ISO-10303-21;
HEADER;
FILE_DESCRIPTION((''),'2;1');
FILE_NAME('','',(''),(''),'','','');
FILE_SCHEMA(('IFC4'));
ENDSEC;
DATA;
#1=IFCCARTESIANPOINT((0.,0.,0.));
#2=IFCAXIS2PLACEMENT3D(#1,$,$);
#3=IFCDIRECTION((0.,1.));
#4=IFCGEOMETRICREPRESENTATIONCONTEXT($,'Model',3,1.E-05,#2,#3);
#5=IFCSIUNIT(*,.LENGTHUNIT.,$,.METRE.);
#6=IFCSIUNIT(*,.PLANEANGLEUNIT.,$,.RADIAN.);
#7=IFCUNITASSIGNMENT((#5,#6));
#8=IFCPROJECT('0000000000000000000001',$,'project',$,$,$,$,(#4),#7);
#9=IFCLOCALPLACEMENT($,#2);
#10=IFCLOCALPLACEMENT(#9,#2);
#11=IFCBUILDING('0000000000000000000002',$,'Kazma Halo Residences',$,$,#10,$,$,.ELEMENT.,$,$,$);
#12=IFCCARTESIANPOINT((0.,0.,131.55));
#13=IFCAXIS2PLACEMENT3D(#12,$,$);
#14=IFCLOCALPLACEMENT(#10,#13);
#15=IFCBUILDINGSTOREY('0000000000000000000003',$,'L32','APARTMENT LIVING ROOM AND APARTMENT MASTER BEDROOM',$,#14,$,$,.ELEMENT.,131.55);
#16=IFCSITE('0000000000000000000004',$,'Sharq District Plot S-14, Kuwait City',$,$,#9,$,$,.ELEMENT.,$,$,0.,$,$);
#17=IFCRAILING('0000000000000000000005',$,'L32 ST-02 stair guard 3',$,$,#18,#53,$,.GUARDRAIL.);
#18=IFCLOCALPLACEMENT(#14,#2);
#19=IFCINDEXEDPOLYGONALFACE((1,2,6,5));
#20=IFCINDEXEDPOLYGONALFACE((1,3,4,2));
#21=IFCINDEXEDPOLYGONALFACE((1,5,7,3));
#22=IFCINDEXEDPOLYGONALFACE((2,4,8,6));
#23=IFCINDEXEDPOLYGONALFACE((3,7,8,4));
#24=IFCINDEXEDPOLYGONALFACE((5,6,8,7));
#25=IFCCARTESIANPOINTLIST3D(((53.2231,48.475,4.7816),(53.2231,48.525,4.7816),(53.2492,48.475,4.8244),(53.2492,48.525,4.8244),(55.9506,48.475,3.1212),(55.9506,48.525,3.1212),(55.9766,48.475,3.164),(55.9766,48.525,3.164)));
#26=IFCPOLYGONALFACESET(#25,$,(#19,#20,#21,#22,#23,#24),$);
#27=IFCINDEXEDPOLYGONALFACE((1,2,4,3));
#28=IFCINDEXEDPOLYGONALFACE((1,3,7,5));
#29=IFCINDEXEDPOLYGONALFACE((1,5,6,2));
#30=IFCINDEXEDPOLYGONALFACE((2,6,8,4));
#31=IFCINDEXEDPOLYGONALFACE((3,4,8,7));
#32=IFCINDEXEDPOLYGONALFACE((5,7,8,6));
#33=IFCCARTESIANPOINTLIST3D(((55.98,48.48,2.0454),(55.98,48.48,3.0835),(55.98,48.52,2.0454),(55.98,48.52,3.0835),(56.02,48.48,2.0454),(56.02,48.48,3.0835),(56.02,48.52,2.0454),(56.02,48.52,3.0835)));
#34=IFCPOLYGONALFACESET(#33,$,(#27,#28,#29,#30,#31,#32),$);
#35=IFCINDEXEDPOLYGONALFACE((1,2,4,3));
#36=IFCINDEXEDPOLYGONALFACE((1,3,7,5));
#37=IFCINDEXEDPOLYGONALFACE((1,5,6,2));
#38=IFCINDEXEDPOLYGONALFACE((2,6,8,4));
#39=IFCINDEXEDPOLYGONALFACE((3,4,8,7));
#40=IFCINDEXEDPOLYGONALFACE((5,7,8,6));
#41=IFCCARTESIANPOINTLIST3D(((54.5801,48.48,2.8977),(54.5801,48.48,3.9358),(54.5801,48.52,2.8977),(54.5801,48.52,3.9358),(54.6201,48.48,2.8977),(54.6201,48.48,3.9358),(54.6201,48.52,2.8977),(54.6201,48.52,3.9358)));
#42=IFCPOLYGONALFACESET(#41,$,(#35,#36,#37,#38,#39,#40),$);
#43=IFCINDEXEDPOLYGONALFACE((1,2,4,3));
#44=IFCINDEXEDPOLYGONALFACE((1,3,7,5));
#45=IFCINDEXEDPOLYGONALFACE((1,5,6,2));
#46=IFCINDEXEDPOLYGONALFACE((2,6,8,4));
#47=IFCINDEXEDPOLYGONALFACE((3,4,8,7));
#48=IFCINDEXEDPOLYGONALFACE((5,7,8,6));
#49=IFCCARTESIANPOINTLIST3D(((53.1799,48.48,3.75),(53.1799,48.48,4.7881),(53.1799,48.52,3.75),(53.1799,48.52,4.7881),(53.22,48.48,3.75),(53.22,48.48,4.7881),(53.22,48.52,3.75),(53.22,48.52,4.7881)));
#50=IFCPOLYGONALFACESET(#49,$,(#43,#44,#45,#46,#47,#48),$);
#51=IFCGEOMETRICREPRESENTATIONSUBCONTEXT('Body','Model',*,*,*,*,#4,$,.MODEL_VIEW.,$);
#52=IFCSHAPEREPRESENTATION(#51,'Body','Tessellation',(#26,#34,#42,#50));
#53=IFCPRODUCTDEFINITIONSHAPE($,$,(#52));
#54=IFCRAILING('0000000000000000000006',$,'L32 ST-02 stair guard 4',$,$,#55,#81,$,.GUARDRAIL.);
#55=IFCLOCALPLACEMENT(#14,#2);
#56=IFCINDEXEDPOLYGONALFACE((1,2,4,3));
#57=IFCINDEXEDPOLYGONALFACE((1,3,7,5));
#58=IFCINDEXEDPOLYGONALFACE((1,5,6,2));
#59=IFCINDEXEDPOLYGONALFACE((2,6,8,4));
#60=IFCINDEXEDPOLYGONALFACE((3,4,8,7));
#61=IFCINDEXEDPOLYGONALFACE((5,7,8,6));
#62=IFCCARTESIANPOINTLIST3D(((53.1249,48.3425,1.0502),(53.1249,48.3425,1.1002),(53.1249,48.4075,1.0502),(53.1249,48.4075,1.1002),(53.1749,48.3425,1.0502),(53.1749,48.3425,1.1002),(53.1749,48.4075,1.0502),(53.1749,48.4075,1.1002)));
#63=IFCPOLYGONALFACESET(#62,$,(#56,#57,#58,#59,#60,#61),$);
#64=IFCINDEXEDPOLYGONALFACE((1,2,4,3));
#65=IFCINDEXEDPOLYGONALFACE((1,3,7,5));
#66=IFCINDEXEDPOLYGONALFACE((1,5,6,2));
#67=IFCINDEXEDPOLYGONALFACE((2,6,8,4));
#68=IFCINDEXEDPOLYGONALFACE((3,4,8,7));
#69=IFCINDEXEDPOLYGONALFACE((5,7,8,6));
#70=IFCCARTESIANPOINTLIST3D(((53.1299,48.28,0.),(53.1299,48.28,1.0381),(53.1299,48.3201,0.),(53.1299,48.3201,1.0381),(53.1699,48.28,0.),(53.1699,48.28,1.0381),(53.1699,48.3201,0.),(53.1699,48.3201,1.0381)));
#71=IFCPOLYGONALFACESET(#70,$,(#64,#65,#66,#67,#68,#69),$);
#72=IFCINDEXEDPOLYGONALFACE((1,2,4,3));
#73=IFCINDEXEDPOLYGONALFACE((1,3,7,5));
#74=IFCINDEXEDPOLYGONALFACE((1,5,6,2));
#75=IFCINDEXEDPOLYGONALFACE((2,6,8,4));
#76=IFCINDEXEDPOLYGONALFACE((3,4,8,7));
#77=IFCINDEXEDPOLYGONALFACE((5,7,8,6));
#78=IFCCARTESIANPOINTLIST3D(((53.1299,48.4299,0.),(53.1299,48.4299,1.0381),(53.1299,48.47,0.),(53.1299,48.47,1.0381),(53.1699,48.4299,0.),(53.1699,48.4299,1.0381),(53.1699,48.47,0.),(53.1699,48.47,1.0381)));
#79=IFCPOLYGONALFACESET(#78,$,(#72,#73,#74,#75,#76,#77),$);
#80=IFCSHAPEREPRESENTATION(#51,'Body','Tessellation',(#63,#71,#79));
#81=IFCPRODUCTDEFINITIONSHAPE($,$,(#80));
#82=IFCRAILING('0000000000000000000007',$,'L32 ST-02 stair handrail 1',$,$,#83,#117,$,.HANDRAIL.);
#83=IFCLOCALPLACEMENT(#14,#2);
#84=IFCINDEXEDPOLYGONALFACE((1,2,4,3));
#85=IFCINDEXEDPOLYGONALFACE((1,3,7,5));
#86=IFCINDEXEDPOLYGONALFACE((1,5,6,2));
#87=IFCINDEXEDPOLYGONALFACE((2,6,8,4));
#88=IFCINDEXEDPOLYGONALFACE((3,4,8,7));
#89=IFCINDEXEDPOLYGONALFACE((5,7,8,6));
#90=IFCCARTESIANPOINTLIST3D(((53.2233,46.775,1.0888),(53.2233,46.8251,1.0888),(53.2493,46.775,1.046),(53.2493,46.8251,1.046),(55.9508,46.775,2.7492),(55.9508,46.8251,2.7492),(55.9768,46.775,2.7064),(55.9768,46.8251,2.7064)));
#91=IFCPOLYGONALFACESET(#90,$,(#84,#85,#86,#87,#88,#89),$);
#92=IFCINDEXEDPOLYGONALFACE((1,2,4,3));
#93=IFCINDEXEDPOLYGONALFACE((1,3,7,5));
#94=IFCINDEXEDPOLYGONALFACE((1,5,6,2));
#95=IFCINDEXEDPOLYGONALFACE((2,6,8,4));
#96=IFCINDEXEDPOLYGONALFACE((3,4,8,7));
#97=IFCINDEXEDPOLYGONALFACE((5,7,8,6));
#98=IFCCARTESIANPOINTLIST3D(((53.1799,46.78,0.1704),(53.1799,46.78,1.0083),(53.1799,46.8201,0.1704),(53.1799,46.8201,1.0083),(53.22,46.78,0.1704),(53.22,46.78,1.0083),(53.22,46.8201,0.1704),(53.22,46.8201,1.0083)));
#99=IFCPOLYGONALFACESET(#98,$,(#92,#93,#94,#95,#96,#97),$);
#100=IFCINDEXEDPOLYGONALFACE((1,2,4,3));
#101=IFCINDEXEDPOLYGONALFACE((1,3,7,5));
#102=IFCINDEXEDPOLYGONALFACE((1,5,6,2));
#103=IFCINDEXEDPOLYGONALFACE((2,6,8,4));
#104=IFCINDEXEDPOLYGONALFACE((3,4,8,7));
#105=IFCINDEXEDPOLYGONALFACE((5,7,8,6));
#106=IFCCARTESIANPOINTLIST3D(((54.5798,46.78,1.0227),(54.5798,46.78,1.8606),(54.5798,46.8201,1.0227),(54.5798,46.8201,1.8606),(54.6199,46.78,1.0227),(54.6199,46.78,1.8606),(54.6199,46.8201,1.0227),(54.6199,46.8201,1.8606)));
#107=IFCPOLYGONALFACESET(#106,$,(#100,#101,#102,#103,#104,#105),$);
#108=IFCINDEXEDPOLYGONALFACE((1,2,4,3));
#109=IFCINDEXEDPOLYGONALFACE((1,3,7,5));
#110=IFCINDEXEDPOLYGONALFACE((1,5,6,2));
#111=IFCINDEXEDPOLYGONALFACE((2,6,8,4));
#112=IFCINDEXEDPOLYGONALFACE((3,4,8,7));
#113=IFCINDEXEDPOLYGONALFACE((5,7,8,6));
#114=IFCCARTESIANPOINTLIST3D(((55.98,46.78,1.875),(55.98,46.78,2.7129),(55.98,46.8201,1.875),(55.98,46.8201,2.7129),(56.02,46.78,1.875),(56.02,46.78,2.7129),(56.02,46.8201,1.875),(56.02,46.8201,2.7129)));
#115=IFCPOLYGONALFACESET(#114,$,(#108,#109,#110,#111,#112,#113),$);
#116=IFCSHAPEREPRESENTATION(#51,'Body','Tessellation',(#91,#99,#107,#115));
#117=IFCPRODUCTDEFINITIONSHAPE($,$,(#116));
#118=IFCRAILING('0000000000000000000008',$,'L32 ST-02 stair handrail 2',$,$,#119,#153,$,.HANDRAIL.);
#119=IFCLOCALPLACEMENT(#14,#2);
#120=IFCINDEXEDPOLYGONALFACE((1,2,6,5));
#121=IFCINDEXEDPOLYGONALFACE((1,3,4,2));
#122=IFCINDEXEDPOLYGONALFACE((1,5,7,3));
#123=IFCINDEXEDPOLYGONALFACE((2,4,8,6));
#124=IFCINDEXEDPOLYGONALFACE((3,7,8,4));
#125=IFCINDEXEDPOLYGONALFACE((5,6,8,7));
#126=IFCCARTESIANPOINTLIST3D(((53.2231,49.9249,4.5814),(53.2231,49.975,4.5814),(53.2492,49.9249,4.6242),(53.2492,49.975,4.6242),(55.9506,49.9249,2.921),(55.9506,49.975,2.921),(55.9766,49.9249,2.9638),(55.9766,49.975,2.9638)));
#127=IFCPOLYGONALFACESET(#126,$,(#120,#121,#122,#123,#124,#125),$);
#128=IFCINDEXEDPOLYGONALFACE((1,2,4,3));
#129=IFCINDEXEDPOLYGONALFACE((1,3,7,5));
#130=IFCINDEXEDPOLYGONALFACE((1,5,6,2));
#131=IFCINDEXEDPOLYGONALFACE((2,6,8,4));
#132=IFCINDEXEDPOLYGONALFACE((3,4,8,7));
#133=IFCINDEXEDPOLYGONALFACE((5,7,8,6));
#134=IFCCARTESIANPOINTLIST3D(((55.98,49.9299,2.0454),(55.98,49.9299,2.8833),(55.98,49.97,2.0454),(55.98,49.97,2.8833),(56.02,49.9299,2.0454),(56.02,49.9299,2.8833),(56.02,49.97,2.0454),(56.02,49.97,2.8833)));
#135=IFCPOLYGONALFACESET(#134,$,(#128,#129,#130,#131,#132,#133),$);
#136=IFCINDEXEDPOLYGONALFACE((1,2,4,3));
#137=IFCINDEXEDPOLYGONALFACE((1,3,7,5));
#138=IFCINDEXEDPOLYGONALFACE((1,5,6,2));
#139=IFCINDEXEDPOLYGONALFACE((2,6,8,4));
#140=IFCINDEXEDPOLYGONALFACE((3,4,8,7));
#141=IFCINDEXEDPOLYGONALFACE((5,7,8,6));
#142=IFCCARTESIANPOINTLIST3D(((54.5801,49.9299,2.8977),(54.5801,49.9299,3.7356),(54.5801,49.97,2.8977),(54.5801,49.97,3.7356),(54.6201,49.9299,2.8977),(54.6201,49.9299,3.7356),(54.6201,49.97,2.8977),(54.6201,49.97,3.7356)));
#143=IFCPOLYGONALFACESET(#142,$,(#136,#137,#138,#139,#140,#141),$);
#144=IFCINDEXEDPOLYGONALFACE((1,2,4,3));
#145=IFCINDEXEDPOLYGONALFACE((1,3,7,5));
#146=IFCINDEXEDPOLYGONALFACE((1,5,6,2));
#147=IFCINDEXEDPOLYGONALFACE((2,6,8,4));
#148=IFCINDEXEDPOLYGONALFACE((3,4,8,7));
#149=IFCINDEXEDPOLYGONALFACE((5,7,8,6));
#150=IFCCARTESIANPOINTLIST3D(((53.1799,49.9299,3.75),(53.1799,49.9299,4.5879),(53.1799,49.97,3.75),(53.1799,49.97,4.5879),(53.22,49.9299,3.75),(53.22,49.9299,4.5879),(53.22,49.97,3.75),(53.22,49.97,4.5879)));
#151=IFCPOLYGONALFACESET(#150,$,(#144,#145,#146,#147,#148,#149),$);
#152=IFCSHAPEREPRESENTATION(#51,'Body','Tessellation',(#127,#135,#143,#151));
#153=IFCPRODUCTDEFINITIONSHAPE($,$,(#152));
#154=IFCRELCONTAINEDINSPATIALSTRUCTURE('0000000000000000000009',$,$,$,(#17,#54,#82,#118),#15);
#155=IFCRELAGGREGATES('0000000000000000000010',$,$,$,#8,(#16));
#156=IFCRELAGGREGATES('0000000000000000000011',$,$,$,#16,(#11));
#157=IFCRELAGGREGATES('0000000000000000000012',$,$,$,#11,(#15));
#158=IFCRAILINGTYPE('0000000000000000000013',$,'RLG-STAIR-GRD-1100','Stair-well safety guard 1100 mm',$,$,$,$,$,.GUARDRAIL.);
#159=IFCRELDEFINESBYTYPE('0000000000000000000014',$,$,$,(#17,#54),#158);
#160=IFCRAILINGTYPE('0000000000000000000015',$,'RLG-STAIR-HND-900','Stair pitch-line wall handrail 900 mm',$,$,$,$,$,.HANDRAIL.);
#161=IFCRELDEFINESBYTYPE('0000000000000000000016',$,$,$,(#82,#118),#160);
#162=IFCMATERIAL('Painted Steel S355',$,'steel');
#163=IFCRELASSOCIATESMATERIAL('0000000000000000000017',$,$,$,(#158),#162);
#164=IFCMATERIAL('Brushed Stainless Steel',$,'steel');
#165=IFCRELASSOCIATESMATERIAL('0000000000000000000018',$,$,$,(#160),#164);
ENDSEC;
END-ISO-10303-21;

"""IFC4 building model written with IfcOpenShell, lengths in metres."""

from ifc_helpers import new_model, si_unit, direction, frame, origin, origin_2d, place, context, subcontext, project, spatial, rectangle, extrude, material, type_object, element, save


model = new_model("IFC4")

# Units and contexts
model_context = context("Model", 3, precision=1e-05, world=origin(), true_north=direction((0.0, 1.0)))
body_context = subcontext(model_context, "Body", "Model", "MODEL_VIEW")
ifc_project = project(units=[si_unit("LENGTHUNIT", "METRE"), si_unit("PLANEANGLEUNIT", "RADIAN")], contexts=[model_context])

# Site, building, storey
site_placement = place(None, origin())
site = spatial("IfcSite", under=ifc_project, at=site_placement, Name="Sharq District Plot S-14, Kuwait City", CompositionType="ELEMENT", RefElevation=0.0)
building_placement = place(site_placement, origin())
building = spatial("IfcBuilding", under=site, at=building_placement, Name="Kazma Halo Residences", CompositionType="ELEMENT")
storey_placement = place(building_placement, frame((0.0, 0.0, 131.55)))
storey = spatial("IfcBuildingStorey", under=building, at=storey_placement, Name="L32", Description="APARTMENT LIVING ROOM AND APARTMENT MASTER BEDROOM", CompositionType="ELEMENT", Elevation=131.55)

# Railings
ifc_material_1 = material(Name="Painted Steel S355", Category="steel")
railing_type_1 = type_object("IfcRailingType", Name="RLG-STAIR-GRD-1100", Description="Stair-well safety guard 1100 mm", PredefinedType="GUARDRAIL", material=ifc_material_1)
railing_1_placement = place(storey_placement, frame((56.0, 48.5, 2.0454)))
element("IfcRailing", 1, at=railing_1_placement, inside=storey, type_object=railing_type_1, Name="L32 ST-02 stair guard 3", PredefinedType="GUARDRAIL", context=body_context, shape_type="SweptSolid", body=[
    extrude(rectangle(XDim=0.05, YDim=0.05, at=origin_2d()), frame((-0.0364, 0.0, 1.0972), z_axis=(-0.85417, 0.0, 0.519994), x_axis=(0.0, -1.0, 0.0)), (0.0, 0.0, 1.0), 3.1931),
    extrude(rectangle(XDim=0.04, YDim=0.04, at=origin_2d()), origin(), (0.0, 0.0, 1.0), 1.0381),
    extrude(rectangle(XDim=0.04, YDim=0.04, at=origin_2d()), frame((-1.3999, 0.0, 0.8523)), (0.0, 0.0, 1.0), 1.0381),
    extrude(rectangle(XDim=0.04, YDim=0.04, at=origin_2d()), frame((-2.8, 0.0, 1.7046)), (0.0, 0.0, 1.0), 1.0381),
])
railing_2_placement = place(storey_placement, frame((53.1499, 48.3, 0.0)))
element("IfcRailing", 2, at=railing_2_placement, inside=storey, type_object=railing_type_1, Name="L32 ST-02 stair guard 4", PredefinedType="GUARDRAIL", context=body_context, shape_type="SweptSolid", body=[
    extrude(rectangle(XDim=0.05, YDim=0.05, at=origin_2d()), frame((0.0, 0.0425, 1.0752), z_axis=(0.0, 1.0, 0.0), x_axis=(-1.0, 0.0, 0.0)), (0.0, 0.0, 1.0), 0.0649),
    extrude(rectangle(XDim=0.04, YDim=0.04, at=origin_2d()), origin(), (0.0, 0.0, 1.0), 1.0381),
    extrude(rectangle(XDim=0.04, YDim=0.04, at=origin_2d()), frame((0.0, 0.1499, 0.0)), (0.0, 0.0, 1.0), 1.0381),
])
ifc_material_2 = material(Name="Brushed Stainless Steel", Category="steel")
railing_type_2 = type_object("IfcRailingType", Name="RLG-STAIR-HND-900", Description="Stair pitch-line wall handrail 900 mm", PredefinedType="HANDRAIL", material=ifc_material_2)
railing_3_placement = place(storey_placement, frame((53.2, 46.8, 0.1704)))
element("IfcRailing", 3, at=railing_3_placement, inside=storey, type_object=railing_type_2, Name="L32 ST-02 stair handrail 1", PredefinedType="HANDRAIL", context=body_context, shape_type="SweptSolid", body=[
    extrude(rectangle(XDim=0.05, YDim=0.05, at=origin_2d()), frame((0.0364, 0.0, 0.897), z_axis=(0.85417, 0.0, 0.519994), x_axis=(0.0, 1.0, 0.0)), (0.0, 0.0, 1.0), 3.1931),
    extrude(rectangle(XDim=0.04, YDim=0.04, at=origin_2d()), origin(), (0.0, 0.0, 1.0), 0.8379),
    extrude(rectangle(XDim=0.04, YDim=0.04, at=origin_2d()), frame((1.3999, 0.0, 0.8523)), (0.0, 0.0, 1.0), 0.8379),
    extrude(rectangle(XDim=0.04, YDim=0.04, at=origin_2d()), frame((2.8, 0.0, 1.7046)), (0.0, 0.0, 1.0), 0.8379),
])
railing_4_placement = place(storey_placement, frame((56.0, 49.95, 2.0454)))
element("IfcRailing", 4, at=railing_4_placement, inside=storey, type_object=railing_type_2, Name="L32 ST-02 stair handrail 2", PredefinedType="HANDRAIL", context=body_context, shape_type="SweptSolid", body=[
    extrude(rectangle(XDim=0.05, YDim=0.05, at=origin_2d()), frame((-0.0364, 0.0, 0.897), z_axis=(-0.85417, 0.0, 0.519994), x_axis=(0.0, -1.0, 0.0)), (0.0, 0.0, 1.0), 3.1931),
    extrude(rectangle(XDim=0.04, YDim=0.04, at=origin_2d()), origin(), (0.0, 0.0, 1.0), 0.8379),
    extrude(rectangle(XDim=0.04, YDim=0.04, at=origin_2d()), frame((-1.3999, 0.0, 0.8523)), (0.0, 0.0, 1.0), 0.8379),
    extrude(rectangle(XDim=0.04, YDim=0.04, at=origin_2d()), frame((-2.8, 0.0, 1.7046)), (0.0, 0.0, 1.0), 0.8379),
])

save(model, "model.ifc")
